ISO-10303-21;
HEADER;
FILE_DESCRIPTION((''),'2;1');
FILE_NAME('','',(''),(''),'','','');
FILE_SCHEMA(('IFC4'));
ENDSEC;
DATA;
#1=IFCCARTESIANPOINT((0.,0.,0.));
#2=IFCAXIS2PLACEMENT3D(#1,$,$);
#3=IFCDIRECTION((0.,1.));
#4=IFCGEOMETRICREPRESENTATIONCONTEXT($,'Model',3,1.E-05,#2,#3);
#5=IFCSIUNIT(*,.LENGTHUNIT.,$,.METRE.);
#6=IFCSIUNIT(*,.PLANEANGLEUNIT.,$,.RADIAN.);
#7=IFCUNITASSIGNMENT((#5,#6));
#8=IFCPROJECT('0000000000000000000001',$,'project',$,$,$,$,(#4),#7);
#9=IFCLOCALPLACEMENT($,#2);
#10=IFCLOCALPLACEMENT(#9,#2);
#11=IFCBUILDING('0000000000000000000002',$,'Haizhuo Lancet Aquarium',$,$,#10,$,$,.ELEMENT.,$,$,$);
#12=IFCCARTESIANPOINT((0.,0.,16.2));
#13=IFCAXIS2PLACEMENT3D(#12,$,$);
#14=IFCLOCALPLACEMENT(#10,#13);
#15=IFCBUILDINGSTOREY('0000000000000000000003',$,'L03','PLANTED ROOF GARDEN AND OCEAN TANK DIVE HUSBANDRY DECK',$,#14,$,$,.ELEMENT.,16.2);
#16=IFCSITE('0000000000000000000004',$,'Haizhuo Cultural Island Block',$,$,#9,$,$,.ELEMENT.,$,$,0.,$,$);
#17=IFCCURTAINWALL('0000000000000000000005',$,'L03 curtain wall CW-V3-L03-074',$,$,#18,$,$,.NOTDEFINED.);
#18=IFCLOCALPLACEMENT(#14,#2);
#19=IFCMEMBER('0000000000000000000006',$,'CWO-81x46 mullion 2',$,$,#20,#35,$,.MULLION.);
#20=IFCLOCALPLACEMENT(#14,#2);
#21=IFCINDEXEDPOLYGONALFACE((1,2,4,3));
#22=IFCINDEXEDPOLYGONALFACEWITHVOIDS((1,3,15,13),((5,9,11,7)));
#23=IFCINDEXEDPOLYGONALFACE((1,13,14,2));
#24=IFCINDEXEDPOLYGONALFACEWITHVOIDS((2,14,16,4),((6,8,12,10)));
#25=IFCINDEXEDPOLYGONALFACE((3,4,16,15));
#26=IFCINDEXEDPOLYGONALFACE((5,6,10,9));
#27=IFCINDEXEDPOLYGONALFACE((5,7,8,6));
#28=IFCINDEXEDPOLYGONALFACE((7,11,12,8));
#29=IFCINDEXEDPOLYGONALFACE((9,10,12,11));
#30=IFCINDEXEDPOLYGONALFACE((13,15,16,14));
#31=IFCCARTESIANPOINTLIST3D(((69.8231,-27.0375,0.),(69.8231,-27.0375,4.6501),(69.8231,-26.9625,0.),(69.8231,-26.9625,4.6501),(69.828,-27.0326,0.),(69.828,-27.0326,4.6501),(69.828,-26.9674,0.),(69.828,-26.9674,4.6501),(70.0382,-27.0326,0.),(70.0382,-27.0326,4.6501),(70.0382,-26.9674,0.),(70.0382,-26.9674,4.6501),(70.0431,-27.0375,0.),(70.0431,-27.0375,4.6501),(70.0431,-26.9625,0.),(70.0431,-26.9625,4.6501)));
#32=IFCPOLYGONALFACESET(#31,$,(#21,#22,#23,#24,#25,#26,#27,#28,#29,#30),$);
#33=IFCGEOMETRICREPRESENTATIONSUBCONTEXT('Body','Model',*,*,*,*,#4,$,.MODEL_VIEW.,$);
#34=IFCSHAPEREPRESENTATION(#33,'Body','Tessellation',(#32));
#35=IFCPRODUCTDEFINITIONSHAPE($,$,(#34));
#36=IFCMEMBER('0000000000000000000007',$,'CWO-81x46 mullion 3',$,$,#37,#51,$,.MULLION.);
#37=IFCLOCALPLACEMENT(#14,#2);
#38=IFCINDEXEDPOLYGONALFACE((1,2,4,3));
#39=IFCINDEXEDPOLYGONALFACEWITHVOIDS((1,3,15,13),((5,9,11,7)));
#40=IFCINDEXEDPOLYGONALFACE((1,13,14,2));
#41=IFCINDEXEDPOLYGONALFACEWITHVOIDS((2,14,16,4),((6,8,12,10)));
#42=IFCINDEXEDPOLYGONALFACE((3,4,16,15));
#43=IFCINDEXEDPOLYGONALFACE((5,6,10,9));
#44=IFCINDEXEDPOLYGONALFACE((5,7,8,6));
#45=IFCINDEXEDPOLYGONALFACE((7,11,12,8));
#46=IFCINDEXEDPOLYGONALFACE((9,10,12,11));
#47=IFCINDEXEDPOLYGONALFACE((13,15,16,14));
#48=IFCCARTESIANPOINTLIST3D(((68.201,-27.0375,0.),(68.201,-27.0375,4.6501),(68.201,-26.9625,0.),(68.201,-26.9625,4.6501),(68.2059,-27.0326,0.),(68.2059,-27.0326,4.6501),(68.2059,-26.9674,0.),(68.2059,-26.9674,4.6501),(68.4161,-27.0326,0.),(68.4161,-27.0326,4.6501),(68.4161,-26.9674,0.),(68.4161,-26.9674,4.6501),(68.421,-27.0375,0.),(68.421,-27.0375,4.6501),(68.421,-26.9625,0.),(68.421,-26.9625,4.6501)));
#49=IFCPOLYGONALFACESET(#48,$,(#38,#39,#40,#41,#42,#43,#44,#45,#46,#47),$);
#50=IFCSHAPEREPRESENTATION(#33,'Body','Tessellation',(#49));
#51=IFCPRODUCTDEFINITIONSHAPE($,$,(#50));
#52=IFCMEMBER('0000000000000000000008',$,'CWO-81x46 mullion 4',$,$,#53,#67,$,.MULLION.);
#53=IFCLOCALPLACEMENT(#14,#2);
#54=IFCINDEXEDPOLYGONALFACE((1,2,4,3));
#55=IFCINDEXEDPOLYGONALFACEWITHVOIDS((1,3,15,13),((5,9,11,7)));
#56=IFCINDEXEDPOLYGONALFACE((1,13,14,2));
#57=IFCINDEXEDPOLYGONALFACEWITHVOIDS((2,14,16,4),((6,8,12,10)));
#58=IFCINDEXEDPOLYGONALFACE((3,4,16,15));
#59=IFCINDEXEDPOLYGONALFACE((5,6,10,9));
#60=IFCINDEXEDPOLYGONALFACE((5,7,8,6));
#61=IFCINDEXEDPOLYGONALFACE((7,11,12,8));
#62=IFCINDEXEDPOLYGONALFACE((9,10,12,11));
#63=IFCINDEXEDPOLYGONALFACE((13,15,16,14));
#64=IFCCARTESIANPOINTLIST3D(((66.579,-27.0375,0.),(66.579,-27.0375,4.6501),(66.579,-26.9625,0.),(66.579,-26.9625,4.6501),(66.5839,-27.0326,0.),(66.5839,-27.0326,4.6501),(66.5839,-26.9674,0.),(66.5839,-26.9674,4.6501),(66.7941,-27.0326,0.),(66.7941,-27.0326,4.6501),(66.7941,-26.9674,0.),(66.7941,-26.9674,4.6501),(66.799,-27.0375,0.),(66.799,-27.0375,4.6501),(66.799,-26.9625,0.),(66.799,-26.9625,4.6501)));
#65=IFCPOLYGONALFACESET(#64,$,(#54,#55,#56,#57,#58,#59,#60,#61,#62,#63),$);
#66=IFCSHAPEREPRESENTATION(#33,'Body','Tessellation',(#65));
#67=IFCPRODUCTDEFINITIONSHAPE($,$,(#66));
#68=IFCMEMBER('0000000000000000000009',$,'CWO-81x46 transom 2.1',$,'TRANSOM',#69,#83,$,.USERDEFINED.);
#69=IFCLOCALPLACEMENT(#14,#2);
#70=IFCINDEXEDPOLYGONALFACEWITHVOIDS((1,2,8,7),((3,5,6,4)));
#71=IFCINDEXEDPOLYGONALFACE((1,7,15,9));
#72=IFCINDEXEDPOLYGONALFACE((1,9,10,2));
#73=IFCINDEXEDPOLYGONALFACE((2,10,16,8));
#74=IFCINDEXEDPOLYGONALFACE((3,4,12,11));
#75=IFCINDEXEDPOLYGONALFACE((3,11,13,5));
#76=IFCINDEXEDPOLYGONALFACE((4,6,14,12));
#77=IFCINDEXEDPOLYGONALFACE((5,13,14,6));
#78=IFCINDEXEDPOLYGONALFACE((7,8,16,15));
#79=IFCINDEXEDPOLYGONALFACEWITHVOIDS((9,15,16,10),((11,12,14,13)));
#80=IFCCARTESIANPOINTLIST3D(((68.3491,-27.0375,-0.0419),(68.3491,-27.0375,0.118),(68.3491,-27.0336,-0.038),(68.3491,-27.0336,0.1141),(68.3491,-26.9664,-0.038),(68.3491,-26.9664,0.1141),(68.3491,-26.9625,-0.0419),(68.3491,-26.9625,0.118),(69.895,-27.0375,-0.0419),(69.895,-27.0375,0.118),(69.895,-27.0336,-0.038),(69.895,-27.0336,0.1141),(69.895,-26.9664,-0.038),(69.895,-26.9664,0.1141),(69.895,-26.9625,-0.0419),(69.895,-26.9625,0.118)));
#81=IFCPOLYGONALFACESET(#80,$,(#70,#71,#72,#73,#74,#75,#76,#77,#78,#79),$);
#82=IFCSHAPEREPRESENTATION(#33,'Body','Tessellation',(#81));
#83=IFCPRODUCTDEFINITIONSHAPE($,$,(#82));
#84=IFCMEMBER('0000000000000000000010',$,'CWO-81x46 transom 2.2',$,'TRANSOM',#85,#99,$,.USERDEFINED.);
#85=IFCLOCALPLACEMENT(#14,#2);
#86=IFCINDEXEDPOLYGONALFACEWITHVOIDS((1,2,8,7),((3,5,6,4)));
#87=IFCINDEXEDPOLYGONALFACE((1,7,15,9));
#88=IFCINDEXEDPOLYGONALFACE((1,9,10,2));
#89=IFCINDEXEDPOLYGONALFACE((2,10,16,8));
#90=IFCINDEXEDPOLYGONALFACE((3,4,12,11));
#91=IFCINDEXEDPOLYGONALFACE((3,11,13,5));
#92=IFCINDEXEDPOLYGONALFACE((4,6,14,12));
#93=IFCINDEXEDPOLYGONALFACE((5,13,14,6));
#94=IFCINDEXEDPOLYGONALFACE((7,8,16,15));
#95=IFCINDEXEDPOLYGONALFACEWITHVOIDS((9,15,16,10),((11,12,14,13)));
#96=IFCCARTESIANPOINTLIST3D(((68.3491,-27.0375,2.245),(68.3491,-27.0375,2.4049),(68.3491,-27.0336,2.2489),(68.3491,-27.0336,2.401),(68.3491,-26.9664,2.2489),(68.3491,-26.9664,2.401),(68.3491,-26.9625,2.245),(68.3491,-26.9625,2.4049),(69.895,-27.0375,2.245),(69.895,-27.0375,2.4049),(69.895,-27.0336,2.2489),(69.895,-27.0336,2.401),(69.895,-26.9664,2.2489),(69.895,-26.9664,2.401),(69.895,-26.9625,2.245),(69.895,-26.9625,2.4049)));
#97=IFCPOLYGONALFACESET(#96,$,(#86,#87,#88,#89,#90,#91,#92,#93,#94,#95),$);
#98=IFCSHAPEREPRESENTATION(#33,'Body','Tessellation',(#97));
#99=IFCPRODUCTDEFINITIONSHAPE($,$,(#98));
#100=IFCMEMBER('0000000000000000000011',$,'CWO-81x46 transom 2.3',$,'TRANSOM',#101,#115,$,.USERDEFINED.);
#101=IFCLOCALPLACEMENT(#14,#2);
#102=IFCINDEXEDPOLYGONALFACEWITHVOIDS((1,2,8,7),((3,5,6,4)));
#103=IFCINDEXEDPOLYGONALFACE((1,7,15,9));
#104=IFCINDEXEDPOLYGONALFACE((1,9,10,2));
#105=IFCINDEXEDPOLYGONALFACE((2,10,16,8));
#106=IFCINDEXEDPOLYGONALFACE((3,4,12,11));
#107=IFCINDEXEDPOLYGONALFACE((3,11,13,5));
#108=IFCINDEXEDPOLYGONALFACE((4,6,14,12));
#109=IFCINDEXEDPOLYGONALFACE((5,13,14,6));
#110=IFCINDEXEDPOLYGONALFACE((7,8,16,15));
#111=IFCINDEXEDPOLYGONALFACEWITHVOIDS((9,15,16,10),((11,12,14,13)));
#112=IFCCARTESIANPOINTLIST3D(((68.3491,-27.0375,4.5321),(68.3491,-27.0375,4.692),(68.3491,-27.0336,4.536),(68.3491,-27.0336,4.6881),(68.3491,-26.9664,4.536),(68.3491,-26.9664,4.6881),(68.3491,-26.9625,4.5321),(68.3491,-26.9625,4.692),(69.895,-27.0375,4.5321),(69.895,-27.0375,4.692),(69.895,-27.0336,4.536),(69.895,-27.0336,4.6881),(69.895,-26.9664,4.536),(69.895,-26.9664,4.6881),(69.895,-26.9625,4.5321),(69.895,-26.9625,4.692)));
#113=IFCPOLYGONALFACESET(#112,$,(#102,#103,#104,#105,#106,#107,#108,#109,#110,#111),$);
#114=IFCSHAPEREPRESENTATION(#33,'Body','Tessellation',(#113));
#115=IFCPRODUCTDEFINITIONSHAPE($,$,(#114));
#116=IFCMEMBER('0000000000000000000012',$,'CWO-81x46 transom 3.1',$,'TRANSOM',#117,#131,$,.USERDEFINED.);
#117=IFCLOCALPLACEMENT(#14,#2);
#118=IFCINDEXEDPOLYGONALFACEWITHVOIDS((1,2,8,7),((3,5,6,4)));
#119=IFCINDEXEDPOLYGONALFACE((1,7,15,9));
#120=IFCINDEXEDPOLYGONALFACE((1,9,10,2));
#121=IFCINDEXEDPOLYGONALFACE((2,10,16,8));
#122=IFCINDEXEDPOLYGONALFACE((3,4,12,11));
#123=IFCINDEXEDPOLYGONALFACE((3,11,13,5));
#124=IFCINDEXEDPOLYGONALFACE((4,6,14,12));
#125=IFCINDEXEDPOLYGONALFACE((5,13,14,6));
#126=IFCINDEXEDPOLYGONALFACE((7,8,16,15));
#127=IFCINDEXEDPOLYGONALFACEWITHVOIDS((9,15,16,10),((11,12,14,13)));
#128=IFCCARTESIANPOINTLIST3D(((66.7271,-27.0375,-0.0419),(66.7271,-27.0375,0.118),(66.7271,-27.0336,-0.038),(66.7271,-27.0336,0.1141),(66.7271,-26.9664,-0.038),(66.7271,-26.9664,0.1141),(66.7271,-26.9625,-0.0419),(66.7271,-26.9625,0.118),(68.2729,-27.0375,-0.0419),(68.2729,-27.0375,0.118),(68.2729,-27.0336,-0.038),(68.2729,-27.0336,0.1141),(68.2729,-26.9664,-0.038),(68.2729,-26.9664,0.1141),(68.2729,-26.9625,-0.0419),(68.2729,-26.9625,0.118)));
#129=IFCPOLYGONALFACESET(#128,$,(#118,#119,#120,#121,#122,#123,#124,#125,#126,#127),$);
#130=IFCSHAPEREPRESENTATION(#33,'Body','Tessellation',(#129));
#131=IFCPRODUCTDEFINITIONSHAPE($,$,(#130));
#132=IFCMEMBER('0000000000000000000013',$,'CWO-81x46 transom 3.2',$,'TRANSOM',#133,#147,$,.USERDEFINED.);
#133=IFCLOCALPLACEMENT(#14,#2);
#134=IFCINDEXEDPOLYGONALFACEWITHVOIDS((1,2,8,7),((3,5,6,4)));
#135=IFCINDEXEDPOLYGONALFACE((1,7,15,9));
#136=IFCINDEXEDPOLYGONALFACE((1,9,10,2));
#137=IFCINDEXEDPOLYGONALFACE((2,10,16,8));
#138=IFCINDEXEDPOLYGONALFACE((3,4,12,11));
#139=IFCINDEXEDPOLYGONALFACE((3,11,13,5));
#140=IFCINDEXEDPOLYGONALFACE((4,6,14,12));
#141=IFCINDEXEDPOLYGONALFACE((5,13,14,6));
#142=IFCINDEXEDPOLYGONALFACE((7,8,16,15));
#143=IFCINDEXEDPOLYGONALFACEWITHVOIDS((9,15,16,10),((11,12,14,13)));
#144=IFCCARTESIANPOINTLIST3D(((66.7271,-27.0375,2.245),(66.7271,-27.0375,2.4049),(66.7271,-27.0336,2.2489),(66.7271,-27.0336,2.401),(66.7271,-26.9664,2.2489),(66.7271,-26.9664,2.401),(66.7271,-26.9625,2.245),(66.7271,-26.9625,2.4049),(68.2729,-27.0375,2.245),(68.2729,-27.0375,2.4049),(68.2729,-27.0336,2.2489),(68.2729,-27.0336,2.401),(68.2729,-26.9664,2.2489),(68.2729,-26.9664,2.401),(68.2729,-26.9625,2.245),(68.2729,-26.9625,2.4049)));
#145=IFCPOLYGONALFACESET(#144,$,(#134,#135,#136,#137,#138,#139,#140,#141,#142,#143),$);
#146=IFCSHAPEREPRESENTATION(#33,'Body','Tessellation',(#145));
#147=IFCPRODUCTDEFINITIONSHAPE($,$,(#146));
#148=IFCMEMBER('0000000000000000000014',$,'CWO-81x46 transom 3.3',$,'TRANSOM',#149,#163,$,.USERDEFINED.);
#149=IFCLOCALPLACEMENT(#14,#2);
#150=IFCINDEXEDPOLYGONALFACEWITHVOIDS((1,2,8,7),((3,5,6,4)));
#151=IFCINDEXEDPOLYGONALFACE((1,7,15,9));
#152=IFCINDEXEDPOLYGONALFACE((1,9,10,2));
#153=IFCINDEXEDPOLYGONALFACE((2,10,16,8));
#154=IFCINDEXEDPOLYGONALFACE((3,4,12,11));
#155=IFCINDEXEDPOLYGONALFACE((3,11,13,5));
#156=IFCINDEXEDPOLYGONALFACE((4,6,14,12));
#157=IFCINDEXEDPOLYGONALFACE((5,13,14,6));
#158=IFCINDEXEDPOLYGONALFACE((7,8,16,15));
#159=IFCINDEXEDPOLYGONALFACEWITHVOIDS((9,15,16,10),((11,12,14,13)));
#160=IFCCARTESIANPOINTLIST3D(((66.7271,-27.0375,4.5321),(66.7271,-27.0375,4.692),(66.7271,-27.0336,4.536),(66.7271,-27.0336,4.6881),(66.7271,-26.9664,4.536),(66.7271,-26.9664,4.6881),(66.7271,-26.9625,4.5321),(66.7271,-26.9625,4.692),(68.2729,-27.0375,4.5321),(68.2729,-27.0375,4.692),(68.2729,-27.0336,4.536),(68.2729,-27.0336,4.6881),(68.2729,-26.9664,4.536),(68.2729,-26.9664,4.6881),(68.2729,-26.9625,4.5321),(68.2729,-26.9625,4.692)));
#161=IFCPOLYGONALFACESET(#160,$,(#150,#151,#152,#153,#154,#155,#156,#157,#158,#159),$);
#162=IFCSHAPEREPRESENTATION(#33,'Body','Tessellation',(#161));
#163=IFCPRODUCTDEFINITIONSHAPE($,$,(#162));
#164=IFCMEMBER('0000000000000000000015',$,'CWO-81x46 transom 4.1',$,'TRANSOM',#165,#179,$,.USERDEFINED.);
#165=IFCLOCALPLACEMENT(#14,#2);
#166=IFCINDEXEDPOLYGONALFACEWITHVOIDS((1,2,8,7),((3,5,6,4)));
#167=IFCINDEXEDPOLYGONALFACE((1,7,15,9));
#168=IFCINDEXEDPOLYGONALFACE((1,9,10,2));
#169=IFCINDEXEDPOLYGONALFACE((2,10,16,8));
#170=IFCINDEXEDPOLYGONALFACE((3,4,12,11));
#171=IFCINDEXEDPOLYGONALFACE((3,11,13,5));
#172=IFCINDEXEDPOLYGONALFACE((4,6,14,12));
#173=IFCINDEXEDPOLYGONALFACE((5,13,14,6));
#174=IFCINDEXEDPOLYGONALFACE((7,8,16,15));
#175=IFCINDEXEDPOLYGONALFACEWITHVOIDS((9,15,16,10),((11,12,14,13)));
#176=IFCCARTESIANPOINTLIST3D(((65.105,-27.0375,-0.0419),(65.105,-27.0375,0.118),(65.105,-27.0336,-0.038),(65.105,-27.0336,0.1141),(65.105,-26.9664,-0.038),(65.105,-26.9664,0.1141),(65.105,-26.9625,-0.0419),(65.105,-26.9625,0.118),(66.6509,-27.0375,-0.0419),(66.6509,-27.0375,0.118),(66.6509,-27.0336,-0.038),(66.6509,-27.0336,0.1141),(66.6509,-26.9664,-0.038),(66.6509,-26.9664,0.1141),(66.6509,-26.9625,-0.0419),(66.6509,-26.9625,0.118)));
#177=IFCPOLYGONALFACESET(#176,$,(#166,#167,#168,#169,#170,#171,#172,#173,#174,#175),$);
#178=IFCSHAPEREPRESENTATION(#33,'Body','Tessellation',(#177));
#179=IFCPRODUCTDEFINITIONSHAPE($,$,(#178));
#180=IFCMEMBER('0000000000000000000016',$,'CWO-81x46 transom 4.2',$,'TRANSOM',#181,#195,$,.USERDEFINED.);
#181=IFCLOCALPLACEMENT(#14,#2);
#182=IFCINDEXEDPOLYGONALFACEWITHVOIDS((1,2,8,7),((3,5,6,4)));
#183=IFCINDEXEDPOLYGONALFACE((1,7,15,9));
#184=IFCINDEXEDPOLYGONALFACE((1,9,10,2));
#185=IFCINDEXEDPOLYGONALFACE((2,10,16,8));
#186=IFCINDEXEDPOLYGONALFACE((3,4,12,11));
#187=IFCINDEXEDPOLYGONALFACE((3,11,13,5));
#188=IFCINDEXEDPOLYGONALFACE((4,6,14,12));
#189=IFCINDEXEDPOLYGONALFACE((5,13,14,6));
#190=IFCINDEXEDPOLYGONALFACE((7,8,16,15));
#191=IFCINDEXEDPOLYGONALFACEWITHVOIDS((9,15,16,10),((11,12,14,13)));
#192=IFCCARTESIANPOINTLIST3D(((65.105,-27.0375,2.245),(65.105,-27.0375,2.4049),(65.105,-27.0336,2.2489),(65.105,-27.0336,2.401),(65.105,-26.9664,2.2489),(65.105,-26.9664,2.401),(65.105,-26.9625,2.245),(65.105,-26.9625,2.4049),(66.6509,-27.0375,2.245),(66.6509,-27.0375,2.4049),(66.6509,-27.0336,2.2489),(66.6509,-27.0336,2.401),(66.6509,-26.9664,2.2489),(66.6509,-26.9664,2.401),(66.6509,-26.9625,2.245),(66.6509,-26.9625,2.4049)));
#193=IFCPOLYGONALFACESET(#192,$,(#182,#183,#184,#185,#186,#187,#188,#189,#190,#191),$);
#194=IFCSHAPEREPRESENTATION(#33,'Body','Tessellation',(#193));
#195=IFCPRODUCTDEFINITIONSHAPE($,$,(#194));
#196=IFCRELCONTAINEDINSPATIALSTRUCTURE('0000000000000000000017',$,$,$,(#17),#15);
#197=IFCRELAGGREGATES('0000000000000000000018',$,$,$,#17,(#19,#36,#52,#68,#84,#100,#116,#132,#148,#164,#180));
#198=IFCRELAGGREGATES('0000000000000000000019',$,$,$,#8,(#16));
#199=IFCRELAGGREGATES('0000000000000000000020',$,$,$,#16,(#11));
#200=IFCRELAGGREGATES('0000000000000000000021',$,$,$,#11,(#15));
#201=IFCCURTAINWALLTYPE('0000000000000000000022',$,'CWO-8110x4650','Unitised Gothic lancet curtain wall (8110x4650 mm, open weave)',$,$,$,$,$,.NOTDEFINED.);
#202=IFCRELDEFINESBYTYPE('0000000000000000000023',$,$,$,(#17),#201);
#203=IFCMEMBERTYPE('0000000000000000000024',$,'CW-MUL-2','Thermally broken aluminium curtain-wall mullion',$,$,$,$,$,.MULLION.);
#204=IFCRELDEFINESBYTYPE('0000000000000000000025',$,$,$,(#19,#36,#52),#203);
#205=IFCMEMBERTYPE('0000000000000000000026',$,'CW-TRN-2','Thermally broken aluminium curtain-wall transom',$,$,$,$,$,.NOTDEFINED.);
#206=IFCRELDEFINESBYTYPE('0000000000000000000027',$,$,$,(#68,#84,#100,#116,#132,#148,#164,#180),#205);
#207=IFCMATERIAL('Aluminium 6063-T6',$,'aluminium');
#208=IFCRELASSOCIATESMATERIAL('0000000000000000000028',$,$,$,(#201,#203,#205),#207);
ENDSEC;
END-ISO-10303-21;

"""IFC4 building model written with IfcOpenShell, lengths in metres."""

from ifc_helpers import new_model, si_unit, direction, frame, origin, origin_2d, place, context, subcontext, project, spatial, hollow_rectangle, extrude, material, material_profile, profile_set, type_object, element, aggregate, save


model = new_model("IFC4")

# Units and contexts
model_context = context("Model", 3, precision=1e-05, world=origin(), true_north=direction((0.0, 1.0)))
body_context = subcontext(model_context, "Body", "Model", "MODEL_VIEW")
ifc_project = project(units=[si_unit("LENGTHUNIT", "METRE"), si_unit("PLANEANGLEUNIT", "RADIAN")], contexts=[model_context])

# Site, building, storey
site_placement = place(None, origin())
site = spatial("IfcSite", under=ifc_project, at=site_placement, Name="Haizhuo Cultural Island Block", CompositionType="ELEMENT", RefElevation=0.0)
building_placement = place(site_placement, origin())
building = spatial("IfcBuilding", under=site, at=building_placement, Name="Haizhuo Lancet Aquarium", CompositionType="ELEMENT")
storey_placement = place(building_placement, frame((0.0, 0.0, 16.2)))
storey = spatial("IfcBuildingStorey", under=building, at=storey_placement, Name="L03", Description="PLANTED ROOF GARDEN AND OCEAN TANK DIVE HUSBANDRY DECK", CompositionType="ELEMENT", Elevation=16.2)

# Curtain wall, members
ifc_material_1 = material(Name="Aluminium 6063-T6", Category="aluminium")
curtain_wall_type = type_object("IfcCurtainWallType", Name="CWO-8110x4650", Description="Unitised Gothic lancet curtain wall (8110x4650 mm, open weave)", PredefinedType="NOTDEFINED", material=ifc_material_1)
curtain_wall_placement = place(storey_placement, origin())
curtain_wall = element("IfcCurtainWall", 1, at=curtain_wall_placement, inside=storey, type_object=curtain_wall_type, Name="L03 curtain wall CW-V3-L03-074", PredefinedType="NOTDEFINED")
ifc_material_profile_1 = material_profile(ifc_material_1, hollow_rectangle(XDim=0.075, YDim=0.22, WallThickness=0.0049, at=origin_2d()), Name="ALU-M 75x220x5")
ifc_profile_set_1 = profile_set([ifc_material_profile_1], Name="Aluminium 6063-T6")
member_type_1 = type_object("IfcMemberType", Name="CW-MUL-2", Description="Thermally broken aluminium curtain-wall mullion", PredefinedType="MULLION", material=ifc_profile_set_1)
member_1_placement = place(storey_placement, frame((69.9331, -27.0, 0.0), z_axis=(0.0, 0.0, 1.0), x_axis=(0.0, -1.0, 0.0)))
member_1 = element("IfcMember", 2, at=member_1_placement, type_object=member_type_1, Name="CWO-81x46 mullion 2", PredefinedType="MULLION", context=body_context, shape_type="SweptSolid", body=[
    extrude(hollow_rectangle(XDim=0.075, YDim=0.22, WallThickness=0.0049, at=origin_2d()), origin(), (0.0, 0.0, 1.0), 4.6501),
])
member_2_placement = place(storey_placement, frame((68.311, -27.0, 0.0), z_axis=(0.0, 0.0, 1.0), x_axis=(0.0, -1.0, 0.0)))
member_2 = element("IfcMember", 3, at=member_2_placement, type_object=member_type_1, Name="CWO-81x46 mullion 3", PredefinedType="MULLION", context=body_context, shape_type="SweptSolid", body=[
    extrude(hollow_rectangle(XDim=0.075, YDim=0.22, WallThickness=0.0049, at=origin_2d()), origin(), (0.0, 0.0, 1.0), 4.6501),
])
member_3_placement = place(storey_placement, frame((66.689, -27.0, 0.0), z_axis=(0.0, 0.0, 1.0), x_axis=(0.0, -1.0, 0.0)))
member_3 = element("IfcMember", 4, at=member_3_placement, type_object=member_type_1, Name="CWO-81x46 mullion 4", PredefinedType="MULLION", context=body_context, shape_type="SweptSolid", body=[
    extrude(hollow_rectangle(XDim=0.075, YDim=0.22, WallThickness=0.0049, at=origin_2d()), origin(), (0.0, 0.0, 1.0), 4.6501),
])
ifc_material_profile_2 = material_profile(ifc_material_1, hollow_rectangle(XDim=0.075, YDim=0.1599, WallThickness=0.0039, at=origin_2d()), Name="ALU-T 75x160x4")
ifc_profile_set_2 = profile_set([ifc_material_profile_2], Name="Aluminium 6063-T6")
member_type_2 = type_object("IfcMemberType", Name="CW-TRN-2", Description="Thermally broken aluminium curtain-wall transom", PredefinedType="NOTDEFINED", material=ifc_profile_set_2)
member_4_placement = place(storey_placement, frame((69.895, -27.0, 0.0381), z_axis=(-1.0, 0.0, 0.0), x_axis=(0.0, -1.0, 0.0)))
member_4 = element("IfcMember", 5, at=member_4_placement, type_object=member_type_2, Name="CWO-81x46 transom 2.1", ObjectType="TRANSOM", PredefinedType="USERDEFINED", context=body_context, shape_type="SweptSolid", body=[
    extrude(hollow_rectangle(XDim=0.075, YDim=0.1599, WallThickness=0.0039, at=origin_2d()), origin(), (0.0, 0.0, 1.0), 1.5459),
])
member_5_placement = place(storey_placement, frame((69.895, -27.0, 2.325), z_axis=(-1.0, 0.0, 0.0), x_axis=(0.0, -1.0, 0.0)))
member_5 = element("IfcMember", 6, at=member_5_placement, type_object=member_type_2, Name="CWO-81x46 transom 2.2", ObjectType="TRANSOM", PredefinedType="USERDEFINED", context=body_context, shape_type="SweptSolid", body=[
    extrude(hollow_rectangle(XDim=0.075, YDim=0.1599, WallThickness=0.0039, at=origin_2d()), origin(), (0.0, 0.0, 1.0), 1.5459),
])
member_6_placement = place(storey_placement, frame((69.895, -27.0, 4.6121), z_axis=(-1.0, 0.0, 0.0), x_axis=(0.0, -1.0, 0.0)))
member_6 = element("IfcMember", 7, at=member_6_placement, type_object=member_type_2, Name="CWO-81x46 transom 2.3", ObjectType="TRANSOM", PredefinedType="USERDEFINED", context=body_context, shape_type="SweptSolid", body=[
    extrude(hollow_rectangle(XDim=0.075, YDim=0.1599, WallThickness=0.0039, at=origin_2d()), origin(), (0.0, 0.0, 1.0), 1.5459),
])
member_7_placement = place(storey_placement, frame((68.2729, -27.0, 0.0381), z_axis=(-1.0, 0.0, 0.0), x_axis=(0.0, -1.0, 0.0)))
member_7 = element("IfcMember", 8, at=member_7_placement, type_object=member_type_2, Name="CWO-81x46 transom 3.1", ObjectType="TRANSOM", PredefinedType="USERDEFINED", context=body_context, shape_type="SweptSolid", body=[
    extrude(hollow_rectangle(XDim=0.075, YDim=0.1599, WallThickness=0.0039, at=origin_2d()), origin(), (0.0, 0.0, 1.0), 1.5459),
])
member_8_placement = place(storey_placement, frame((68.2729, -27.0, 2.325), z_axis=(-1.0, 0.0, 0.0), x_axis=(0.0, -1.0, 0.0)))
member_8 = element("IfcMember", 9, at=member_8_placement, type_object=member_type_2, Name="CWO-81x46 transom 3.2", ObjectType="TRANSOM", PredefinedType="USERDEFINED", context=body_context, shape_type="SweptSolid", body=[
    extrude(hollow_rectangle(XDim=0.075, YDim=0.1599, WallThickness=0.0039, at=origin_2d()), origin(), (0.0, 0.0, 1.0), 1.5459),
])
member_9_placement = place(storey_placement, frame((68.2729, -27.0, 4.6121), z_axis=(-1.0, 0.0, 0.0), x_axis=(0.0, -1.0, 0.0)))
member_9 = element("IfcMember", 10, at=member_9_placement, type_object=member_type_2, Name="CWO-81x46 transom 3.3", ObjectType="TRANSOM", PredefinedType="USERDEFINED", context=body_context, shape_type="SweptSolid", body=[
    extrude(hollow_rectangle(XDim=0.075, YDim=0.1599, WallThickness=0.0039, at=origin_2d()), origin(), (0.0, 0.0, 1.0), 1.5459),
])
member_10_placement = place(storey_placement, frame((66.6509, -27.0, 0.0381), z_axis=(-1.0, 0.0, 0.0), x_axis=(0.0, -1.0, 0.0)))
member_10 = element("IfcMember", 11, at=member_10_placement, type_object=member_type_2, Name="CWO-81x46 transom 4.1", ObjectType="TRANSOM", PredefinedType="USERDEFINED", context=body_context, shape_type="SweptSolid", body=[
    extrude(hollow_rectangle(XDim=0.075, YDim=0.1599, WallThickness=0.0039, at=origin_2d()), origin(), (0.0, 0.0, 1.0), 1.5459),
])
member_11_placement = place(storey_placement, frame((66.6509, -27.0, 2.325), z_axis=(-1.0, 0.0, 0.0), x_axis=(0.0, -1.0, 0.0)))
member_11 = element("IfcMember", 12, at=member_11_placement, type_object=member_type_2, Name="CWO-81x46 transom 4.2", ObjectType="TRANSOM", PredefinedType="USERDEFINED", context=body_context, shape_type="SweptSolid", body=[
    extrude(hollow_rectangle(XDim=0.075, YDim=0.1599, WallThickness=0.0039, at=origin_2d()), origin(), (0.0, 0.0, 1.0), 1.5459),
])

aggregate(curtain_wall, [member_1, member_2, member_3, member_4, member_5, member_6, member_7, member_8, member_9, member_10, member_11])

save(model, "model.ifc")
